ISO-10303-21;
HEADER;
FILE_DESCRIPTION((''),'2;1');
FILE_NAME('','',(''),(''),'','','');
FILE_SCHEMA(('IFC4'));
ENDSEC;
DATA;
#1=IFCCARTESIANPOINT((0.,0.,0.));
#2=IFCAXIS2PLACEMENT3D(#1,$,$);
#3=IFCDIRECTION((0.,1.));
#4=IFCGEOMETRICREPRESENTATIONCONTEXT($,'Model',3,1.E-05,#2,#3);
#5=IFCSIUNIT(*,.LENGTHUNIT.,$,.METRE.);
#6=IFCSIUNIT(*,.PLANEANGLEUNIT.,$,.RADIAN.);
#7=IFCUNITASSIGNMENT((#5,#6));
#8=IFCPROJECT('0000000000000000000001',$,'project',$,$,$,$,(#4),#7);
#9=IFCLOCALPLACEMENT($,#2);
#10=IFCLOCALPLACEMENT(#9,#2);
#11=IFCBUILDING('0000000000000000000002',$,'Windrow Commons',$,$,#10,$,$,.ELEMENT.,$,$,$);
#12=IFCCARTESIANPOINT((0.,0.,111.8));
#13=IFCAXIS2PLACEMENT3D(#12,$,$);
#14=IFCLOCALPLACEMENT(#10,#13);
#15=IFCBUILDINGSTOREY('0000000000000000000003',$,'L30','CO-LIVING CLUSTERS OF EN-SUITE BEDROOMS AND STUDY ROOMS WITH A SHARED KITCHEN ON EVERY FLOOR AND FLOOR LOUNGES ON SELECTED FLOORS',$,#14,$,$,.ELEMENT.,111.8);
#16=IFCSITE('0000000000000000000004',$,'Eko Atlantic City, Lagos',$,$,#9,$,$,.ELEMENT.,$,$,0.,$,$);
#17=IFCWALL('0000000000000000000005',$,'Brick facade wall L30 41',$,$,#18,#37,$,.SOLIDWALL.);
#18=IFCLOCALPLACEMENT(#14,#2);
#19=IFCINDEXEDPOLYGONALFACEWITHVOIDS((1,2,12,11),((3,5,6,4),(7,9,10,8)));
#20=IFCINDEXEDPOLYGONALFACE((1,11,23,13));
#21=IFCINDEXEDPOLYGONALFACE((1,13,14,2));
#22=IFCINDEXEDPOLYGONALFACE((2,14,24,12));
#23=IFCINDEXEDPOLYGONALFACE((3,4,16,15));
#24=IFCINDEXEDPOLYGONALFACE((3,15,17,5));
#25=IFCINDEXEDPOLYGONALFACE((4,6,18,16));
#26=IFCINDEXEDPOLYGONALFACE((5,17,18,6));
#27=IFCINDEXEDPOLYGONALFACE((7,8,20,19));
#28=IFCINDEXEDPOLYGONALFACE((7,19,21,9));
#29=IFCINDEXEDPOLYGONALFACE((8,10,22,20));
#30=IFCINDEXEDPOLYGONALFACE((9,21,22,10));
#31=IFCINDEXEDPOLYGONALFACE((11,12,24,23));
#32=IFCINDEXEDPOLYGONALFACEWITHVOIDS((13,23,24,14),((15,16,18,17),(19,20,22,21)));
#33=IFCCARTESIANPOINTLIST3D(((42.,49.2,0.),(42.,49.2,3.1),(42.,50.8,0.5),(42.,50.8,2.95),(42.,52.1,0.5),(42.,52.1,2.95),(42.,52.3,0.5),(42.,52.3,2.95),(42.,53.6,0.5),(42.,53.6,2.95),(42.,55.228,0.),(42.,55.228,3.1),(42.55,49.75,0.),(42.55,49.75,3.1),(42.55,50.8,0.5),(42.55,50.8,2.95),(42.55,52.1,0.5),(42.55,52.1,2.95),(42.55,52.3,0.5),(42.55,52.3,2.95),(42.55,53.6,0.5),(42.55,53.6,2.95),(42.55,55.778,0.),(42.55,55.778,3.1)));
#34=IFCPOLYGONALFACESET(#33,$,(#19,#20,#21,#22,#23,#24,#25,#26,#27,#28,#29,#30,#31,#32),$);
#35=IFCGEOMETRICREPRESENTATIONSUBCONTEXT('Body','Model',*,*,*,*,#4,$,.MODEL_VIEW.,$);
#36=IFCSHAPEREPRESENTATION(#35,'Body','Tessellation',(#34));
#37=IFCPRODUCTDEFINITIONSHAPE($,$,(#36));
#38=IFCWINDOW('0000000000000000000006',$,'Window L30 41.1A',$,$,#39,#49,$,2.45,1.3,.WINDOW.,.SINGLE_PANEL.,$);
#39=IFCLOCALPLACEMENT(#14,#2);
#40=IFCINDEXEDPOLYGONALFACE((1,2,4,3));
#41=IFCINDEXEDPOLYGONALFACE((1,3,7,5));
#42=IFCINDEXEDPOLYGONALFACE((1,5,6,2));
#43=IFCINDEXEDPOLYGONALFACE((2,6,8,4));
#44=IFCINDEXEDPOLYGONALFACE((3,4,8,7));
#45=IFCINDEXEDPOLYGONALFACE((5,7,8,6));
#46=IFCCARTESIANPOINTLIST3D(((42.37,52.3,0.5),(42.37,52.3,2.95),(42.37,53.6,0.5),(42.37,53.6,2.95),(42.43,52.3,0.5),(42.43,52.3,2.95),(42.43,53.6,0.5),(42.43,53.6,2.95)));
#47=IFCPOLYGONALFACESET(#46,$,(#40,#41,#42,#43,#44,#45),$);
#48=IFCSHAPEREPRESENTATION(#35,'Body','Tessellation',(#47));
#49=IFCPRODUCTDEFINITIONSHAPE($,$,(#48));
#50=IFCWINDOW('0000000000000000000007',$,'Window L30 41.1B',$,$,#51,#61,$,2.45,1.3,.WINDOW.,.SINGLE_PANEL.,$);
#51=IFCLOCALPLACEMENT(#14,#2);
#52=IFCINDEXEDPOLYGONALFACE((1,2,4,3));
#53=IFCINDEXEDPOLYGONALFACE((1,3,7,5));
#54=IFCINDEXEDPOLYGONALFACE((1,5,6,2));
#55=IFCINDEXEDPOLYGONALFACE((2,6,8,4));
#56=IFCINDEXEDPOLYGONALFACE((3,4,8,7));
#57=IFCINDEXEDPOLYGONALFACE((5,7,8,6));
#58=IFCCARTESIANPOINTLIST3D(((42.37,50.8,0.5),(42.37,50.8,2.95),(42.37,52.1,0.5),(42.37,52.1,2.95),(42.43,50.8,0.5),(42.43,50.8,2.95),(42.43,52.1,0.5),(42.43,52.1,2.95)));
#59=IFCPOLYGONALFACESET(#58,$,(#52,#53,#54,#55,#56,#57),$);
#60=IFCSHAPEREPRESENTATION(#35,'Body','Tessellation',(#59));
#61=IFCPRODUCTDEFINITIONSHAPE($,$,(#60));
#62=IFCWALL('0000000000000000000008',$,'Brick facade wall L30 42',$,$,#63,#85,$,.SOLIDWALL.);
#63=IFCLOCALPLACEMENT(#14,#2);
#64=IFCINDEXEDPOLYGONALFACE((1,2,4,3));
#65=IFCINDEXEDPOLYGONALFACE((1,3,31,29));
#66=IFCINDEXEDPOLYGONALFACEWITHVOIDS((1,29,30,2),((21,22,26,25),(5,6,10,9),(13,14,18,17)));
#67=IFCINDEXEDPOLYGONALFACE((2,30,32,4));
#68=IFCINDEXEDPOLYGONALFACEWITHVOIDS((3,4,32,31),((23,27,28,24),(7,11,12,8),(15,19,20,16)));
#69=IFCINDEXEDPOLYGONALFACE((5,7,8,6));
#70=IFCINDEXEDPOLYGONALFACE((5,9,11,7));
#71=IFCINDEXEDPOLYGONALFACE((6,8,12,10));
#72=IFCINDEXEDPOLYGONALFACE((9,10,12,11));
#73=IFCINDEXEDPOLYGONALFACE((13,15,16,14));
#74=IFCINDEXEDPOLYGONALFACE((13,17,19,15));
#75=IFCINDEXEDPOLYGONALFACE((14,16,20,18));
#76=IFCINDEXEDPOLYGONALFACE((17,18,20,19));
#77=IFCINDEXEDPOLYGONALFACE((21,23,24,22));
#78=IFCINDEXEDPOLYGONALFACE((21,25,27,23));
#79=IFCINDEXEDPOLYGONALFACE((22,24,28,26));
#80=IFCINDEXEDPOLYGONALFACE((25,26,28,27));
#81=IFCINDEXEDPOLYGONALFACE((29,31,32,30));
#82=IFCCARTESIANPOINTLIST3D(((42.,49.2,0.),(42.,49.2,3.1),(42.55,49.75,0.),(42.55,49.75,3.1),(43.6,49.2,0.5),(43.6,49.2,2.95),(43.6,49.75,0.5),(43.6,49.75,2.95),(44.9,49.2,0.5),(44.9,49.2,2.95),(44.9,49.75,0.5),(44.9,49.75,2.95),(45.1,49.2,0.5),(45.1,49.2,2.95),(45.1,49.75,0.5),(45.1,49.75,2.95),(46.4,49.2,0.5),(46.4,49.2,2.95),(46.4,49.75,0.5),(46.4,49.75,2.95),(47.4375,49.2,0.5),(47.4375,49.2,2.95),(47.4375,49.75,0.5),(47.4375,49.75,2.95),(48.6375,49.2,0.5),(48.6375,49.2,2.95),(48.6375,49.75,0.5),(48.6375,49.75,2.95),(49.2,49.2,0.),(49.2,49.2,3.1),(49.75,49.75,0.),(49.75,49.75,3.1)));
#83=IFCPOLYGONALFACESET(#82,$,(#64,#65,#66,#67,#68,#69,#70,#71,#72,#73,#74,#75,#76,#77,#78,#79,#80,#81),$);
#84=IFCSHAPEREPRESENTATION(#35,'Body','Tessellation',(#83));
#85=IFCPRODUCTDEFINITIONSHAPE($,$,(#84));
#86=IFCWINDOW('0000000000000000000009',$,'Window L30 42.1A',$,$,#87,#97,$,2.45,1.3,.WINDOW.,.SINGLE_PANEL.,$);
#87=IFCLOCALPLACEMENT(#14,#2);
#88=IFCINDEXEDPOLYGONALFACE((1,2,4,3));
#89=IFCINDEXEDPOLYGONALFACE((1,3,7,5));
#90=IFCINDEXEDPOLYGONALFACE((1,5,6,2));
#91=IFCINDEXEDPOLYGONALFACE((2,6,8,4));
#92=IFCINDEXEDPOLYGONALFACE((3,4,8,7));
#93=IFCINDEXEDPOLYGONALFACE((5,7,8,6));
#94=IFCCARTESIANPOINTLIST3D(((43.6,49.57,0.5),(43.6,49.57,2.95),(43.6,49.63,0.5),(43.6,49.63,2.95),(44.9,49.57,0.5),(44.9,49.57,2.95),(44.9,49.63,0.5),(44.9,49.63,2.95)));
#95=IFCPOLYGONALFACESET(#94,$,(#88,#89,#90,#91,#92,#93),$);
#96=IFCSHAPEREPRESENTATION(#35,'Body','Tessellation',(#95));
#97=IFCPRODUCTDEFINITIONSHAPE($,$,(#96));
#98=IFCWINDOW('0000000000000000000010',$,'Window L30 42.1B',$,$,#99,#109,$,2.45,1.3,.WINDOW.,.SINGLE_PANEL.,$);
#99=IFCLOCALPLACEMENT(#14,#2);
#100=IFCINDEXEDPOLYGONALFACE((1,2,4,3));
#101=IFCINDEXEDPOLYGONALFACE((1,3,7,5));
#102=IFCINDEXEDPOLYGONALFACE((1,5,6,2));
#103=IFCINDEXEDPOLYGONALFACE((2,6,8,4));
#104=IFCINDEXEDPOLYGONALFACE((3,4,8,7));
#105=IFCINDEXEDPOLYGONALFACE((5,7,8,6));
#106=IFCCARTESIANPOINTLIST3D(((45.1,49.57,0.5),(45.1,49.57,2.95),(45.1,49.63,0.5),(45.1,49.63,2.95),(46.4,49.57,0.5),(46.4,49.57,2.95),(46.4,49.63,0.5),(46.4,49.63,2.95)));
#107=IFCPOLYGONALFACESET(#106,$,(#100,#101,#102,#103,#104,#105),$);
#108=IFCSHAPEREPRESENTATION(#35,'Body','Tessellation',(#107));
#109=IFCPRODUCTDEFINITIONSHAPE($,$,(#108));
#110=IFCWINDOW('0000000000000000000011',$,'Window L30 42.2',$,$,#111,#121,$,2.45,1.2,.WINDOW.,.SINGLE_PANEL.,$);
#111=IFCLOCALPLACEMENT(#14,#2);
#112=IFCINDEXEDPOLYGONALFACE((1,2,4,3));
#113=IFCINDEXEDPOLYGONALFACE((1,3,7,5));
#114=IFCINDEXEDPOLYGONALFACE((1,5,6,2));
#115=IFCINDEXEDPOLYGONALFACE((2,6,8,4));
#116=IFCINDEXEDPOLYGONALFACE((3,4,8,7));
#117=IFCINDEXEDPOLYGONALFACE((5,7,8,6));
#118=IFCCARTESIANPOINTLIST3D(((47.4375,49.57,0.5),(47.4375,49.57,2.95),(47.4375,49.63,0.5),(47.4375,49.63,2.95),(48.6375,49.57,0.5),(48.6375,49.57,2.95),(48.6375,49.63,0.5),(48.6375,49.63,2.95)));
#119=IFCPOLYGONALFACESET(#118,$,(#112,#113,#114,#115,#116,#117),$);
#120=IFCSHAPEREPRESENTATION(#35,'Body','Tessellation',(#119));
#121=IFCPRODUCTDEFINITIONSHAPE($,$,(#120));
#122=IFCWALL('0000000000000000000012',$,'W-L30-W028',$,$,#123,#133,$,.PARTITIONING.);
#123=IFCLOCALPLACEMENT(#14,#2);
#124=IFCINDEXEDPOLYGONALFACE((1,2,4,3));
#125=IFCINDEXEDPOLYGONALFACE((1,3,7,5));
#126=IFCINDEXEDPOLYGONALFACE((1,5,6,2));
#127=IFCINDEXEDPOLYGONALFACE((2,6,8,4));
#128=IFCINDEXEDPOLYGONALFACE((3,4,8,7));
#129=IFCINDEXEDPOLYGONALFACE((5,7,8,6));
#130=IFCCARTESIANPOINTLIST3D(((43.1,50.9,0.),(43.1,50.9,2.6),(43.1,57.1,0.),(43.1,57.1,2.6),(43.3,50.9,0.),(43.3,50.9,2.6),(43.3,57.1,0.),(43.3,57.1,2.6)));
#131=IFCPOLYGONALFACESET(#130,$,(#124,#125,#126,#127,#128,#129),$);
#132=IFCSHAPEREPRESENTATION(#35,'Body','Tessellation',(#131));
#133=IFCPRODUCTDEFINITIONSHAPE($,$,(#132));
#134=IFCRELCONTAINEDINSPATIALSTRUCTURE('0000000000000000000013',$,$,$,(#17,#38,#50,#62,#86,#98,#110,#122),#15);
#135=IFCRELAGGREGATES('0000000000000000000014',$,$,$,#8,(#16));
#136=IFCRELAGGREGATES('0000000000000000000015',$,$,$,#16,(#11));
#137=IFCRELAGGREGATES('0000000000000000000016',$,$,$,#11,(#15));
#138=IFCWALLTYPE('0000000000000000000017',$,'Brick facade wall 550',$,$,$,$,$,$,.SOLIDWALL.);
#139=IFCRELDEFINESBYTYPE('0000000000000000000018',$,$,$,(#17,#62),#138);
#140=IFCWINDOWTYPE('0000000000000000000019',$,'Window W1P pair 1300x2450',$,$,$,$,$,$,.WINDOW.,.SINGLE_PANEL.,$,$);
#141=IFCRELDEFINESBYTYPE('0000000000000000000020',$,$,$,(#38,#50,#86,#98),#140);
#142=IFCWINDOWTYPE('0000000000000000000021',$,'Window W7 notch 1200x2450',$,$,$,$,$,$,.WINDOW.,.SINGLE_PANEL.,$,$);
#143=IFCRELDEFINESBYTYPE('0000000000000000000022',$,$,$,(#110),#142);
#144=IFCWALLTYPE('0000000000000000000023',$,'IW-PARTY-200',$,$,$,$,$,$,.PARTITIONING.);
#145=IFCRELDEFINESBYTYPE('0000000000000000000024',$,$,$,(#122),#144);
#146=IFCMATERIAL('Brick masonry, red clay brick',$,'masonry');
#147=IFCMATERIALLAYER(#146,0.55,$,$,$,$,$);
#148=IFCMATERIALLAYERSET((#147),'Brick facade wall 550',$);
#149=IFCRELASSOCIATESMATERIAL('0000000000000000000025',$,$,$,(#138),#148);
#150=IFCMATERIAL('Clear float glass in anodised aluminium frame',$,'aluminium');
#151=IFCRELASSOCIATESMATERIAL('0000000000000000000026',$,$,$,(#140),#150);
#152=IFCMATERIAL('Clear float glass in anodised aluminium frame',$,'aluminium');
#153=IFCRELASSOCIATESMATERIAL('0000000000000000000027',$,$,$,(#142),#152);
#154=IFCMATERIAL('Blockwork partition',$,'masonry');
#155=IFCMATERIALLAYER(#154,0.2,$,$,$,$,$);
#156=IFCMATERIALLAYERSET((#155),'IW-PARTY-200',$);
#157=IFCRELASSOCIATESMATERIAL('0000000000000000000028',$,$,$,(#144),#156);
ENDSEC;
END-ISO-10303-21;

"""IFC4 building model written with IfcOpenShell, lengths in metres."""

from ifc_helpers import new_model, si_unit, direction, frame, frame_2d, origin, place, context, subcontext, project, spatial, polyline, rectangle, outline, extrude, material, layer, layer_set, type_object, element, fill, save


model = new_model("IFC4")

# Units and contexts
model_context = context("Model", 3, precision=1e-05, world=origin(), true_north=direction((0.0, 1.0)))
body_context = subcontext(model_context, "Body", "Model", "MODEL_VIEW")
ifc_project = project(units=[si_unit("LENGTHUNIT", "METRE"), si_unit("PLANEANGLEUNIT", "RADIAN")], contexts=[model_context])

# Site, building, storey
site_placement = place(None, origin())
site = spatial("IfcSite", under=ifc_project, at=site_placement, Name="Eko Atlantic City, Lagos", CompositionType="ELEMENT", RefElevation=0.0)
building_placement = place(site_placement, origin())
building = spatial("IfcBuilding", under=site, at=building_placement, Name="Windrow Commons", CompositionType="ELEMENT")
storey_placement = place(building_placement, frame((0.0, 0.0, 111.8)))
storey = spatial("IfcBuildingStorey", under=building, at=storey_placement, Name="L30", Description="CO-LIVING CLUSTERS OF EN-SUITE BEDROOMS AND STUDY ROOMS WITH A SHARED KITCHEN ON EVERY FLOOR AND FLOOR LOUNGES ON SELECTED FLOORS", CompositionType="ELEMENT", Elevation=111.8)

# Walls, openings, windows
ifc_material_1 = material(Name="Brick masonry, red clay brick", Category="masonry")
ifc_layer_1 = layer(ifc_material_1, 0.55)
ifc_layer_set_1 = layer_set([ifc_layer_1], Name="Brick facade wall 550")
wall_type_1 = type_object("IfcWallType", Name="Brick facade wall 550", PredefinedType="SOLIDWALL", material=ifc_layer_set_1)
ifc_material_2 = material(Name="Clear float glass in anodised aluminium frame", Category="aluminium")
window_type_1 = type_object("IfcWindowType", Name="Window W1P pair 1300x2450", PartitioningType="SINGLE_PANEL", PredefinedType="WINDOW", material=ifc_material_2)
ifc_material_3 = material(Name="Clear float glass in anodised aluminium frame", Category="aluminium")
window_type_2 = type_object("IfcWindowType", Name="Window W7 notch 1200x2450", PartitioningType="SINGLE_PANEL", PredefinedType="WINDOW", material=ifc_material_3)
wall_1_placement = place(storey_placement, frame((42.275, 55.503, 0.0), z_axis=(0.0, 0.0, 1.0), x_axis=(0.0, -1.0, 0.0)))
wall_1 = element("IfcWall", 1, at=wall_1_placement, inside=storey, type_object=wall_type_1, Name="Brick facade wall L30 41", PredefinedType="SOLIDWALL", context=body_context, shape_type="SweptSolid", body=[
    extrude(outline(polyline([(0.275, -0.275), (6.303, -0.275), (5.753, 0.275), (-0.275, 0.275), (0.275, -0.275)])), origin(), (0.0, 0.0, 1.0), 3.1),
])
opening_1_placement = place(wall_1_placement, frame((1.903, 0.0, 0.5)))
opening_1 = element("IfcOpeningElement", 2, at=opening_1_placement, cuts=wall_1, PredefinedType="OPENING", context=body_context, shape_type="SweptSolid", body=[
    extrude(rectangle(XDim=1.3, YDim=2.45, at=frame_2d((0.65, 1.225))), frame((0.0, 0.285, 0.0), z_axis=(0.0, -1.0, 0.0), x_axis=(1.0, 0.0, 0.0)), (0.0, 0.0, 1.0), 0.57),
])
opening_2_placement = place(wall_1_placement, frame((3.403, 0.0, 0.5)))
opening_2 = element("IfcOpeningElement", 3, at=opening_2_placement, cuts=wall_1, PredefinedType="OPENING", context=body_context, shape_type="SweptSolid", body=[
    extrude(rectangle(XDim=1.3, YDim=2.45, at=frame_2d((0.65, 1.225))), frame((0.0, 0.285, 0.0), z_axis=(0.0, -1.0, 0.0), x_axis=(1.0, 0.0, 0.0)), (0.0, 0.0, 1.0), 0.57),
])
window_1_placement = place(opening_1_placement, origin())
window_1 = element("IfcWindow", 4, at=window_1_placement, inside=storey, type_object=window_type_1, Name="Window L30 41.1A", OverallHeight=2.45, OverallWidth=1.3, PartitioningType="SINGLE_PANEL", PredefinedType="WINDOW", context=body_context, shape_type="SweptSolid", body=[
    extrude(rectangle(XDim=1.3, YDim=2.45, at=frame_2d((0.65, 1.225))), frame((0.0, 0.155, 0.0), z_axis=(0.0, -1.0, 0.0), x_axis=(1.0, 0.0, 0.0)), (0.0, 0.0, 1.0), 0.06),
])
fill(opening_1, window_1)
window_2_placement = place(opening_2_placement, origin())
window_2 = element("IfcWindow", 5, at=window_2_placement, inside=storey, type_object=window_type_1, Name="Window L30 41.1B", OverallHeight=2.45, OverallWidth=1.3, PartitioningType="SINGLE_PANEL", PredefinedType="WINDOW", context=body_context, shape_type="SweptSolid", body=[
    extrude(rectangle(XDim=1.3, YDim=2.45, at=frame_2d((0.65, 1.225))), frame((0.0, 0.155, 0.0), z_axis=(0.0, -1.0, 0.0), x_axis=(1.0, 0.0, 0.0)), (0.0, 0.0, 1.0), 0.06),
])
fill(opening_2, window_2)
wall_2_placement = place(storey_placement, frame((42.275, 49.475, 0.0), z_axis=(0.0, 0.0, 1.0), x_axis=(1.0, 0.0, 0.0)))
wall_2 = element("IfcWall", 6, at=wall_2_placement, inside=storey, type_object=wall_type_1, Name="Brick facade wall L30 42", PredefinedType="SOLIDWALL", context=body_context, shape_type="SweptSolid", body=[
    extrude(outline(polyline([(-0.275, -0.275), (6.925, -0.275), (7.475, 0.275), (0.275, 0.275), (-0.275, -0.275)])), origin(), (0.0, 0.0, 1.0), 3.1),
])
opening_3_placement = place(wall_2_placement, frame((1.325, 0.0, 0.5)))
opening_3 = element("IfcOpeningElement", 7, at=opening_3_placement, cuts=wall_2, PredefinedType="OPENING", context=body_context, shape_type="SweptSolid", body=[
    extrude(rectangle(XDim=1.3, YDim=2.45, at=frame_2d((0.65, 1.225))), frame((0.0, 0.285, 0.0), z_axis=(0.0, -1.0, 0.0), x_axis=(1.0, 0.0, 0.0)), (0.0, 0.0, 1.0), 0.57),
])
opening_4_placement = place(wall_2_placement, frame((2.825, 0.0, 0.5)))
opening_4 = element("IfcOpeningElement", 8, at=opening_4_placement, cuts=wall_2, PredefinedType="OPENING", context=body_context, shape_type="SweptSolid", body=[
    extrude(rectangle(XDim=1.3, YDim=2.45, at=frame_2d((0.65, 1.225))), frame((0.0, 0.285, 0.0), z_axis=(0.0, -1.0, 0.0), x_axis=(1.0, 0.0, 0.0)), (0.0, 0.0, 1.0), 0.57),
])
opening_5_placement = place(wall_2_placement, frame((5.1625, 0.0, 0.5)))
opening_5 = element("IfcOpeningElement", 9, at=opening_5_placement, cuts=wall_2, PredefinedType="OPENING", context=body_context, shape_type="SweptSolid", body=[
    extrude(rectangle(XDim=1.2, YDim=2.45, at=frame_2d((0.6, 1.225))), frame((0.0, 0.285, 0.0), z_axis=(0.0, -1.0, 0.0), x_axis=(1.0, 0.0, 0.0)), (0.0, 0.0, 1.0), 0.57),
])
window_3_placement = place(opening_3_placement, origin())
window_3 = element("IfcWindow", 10, at=window_3_placement, inside=storey, type_object=window_type_1, Name="Window L30 42.1A", OverallHeight=2.45, OverallWidth=1.3, PartitioningType="SINGLE_PANEL", PredefinedType="WINDOW", context=body_context, shape_type="SweptSolid", body=[
    extrude(rectangle(XDim=1.3, YDim=2.45, at=frame_2d((0.65, 1.225))), frame((0.0, 0.155, 0.0), z_axis=(0.0, -1.0, 0.0), x_axis=(1.0, 0.0, 0.0)), (0.0, 0.0, 1.0), 0.06),
])
fill(opening_3, window_3)
window_4_placement = place(opening_4_placement, origin())
window_4 = element("IfcWindow", 11, at=window_4_placement, inside=storey, type_object=window_type_1, Name="Window L30 42.1B", OverallHeight=2.45, OverallWidth=1.3, PartitioningType="SINGLE_PANEL", PredefinedType="WINDOW", context=body_context, shape_type="SweptSolid", body=[
    extrude(rectangle(XDim=1.3, YDim=2.45, at=frame_2d((0.65, 1.225))), frame((0.0, 0.155, 0.0), z_axis=(0.0, -1.0, 0.0), x_axis=(1.0, 0.0, 0.0)), (0.0, 0.0, 1.0), 0.06),
])
fill(opening_4, window_4)
window_5_placement = place(opening_5_placement, origin())
window_5 = element("IfcWindow", 12, at=window_5_placement, inside=storey, type_object=window_type_2, Name="Window L30 42.2", OverallHeight=2.45, OverallWidth=1.2, PartitioningType="SINGLE_PANEL", PredefinedType="WINDOW", context=body_context, shape_type="SweptSolid", body=[
    extrude(rectangle(XDim=1.2, YDim=2.45, at=frame_2d((0.6, 1.225))), frame((0.0, 0.155, 0.0), z_axis=(0.0, -1.0, 0.0), x_axis=(1.0, 0.0, 0.0)), (0.0, 0.0, 1.0), 0.06),
])
fill(opening_5, window_5)

# Wall
ifc_material_4 = material(Name="Blockwork partition", Category="masonry")
ifc_layer_2 = layer(ifc_material_4, 0.2)
ifc_layer_set_2 = layer_set([ifc_layer_2], Name="IW-PARTY-200")
wall_type_2 = type_object("IfcWallType", Name="IW-PARTY-200", PredefinedType="PARTITIONING", material=ifc_layer_set_2)
wall_3_placement = place(storey_placement, frame((43.2, 50.9, 0.0), z_axis=(0.0, 0.0, 1.0), x_axis=(0.0, 1.0, 0.0)))
element("IfcWall", 13, at=wall_3_placement, inside=storey, type_object=wall_type_2, Name="W-L30-W028", PredefinedType="PARTITIONING", context=body_context, shape_type="SweptSolid", body=[
    extrude(rectangle(XDim=6.2, YDim=0.2, at=frame_2d((3.1, 0.0))), origin(), (0.0, 0.0, 1.0), 2.6),
])

save(model, "model.ifc")
